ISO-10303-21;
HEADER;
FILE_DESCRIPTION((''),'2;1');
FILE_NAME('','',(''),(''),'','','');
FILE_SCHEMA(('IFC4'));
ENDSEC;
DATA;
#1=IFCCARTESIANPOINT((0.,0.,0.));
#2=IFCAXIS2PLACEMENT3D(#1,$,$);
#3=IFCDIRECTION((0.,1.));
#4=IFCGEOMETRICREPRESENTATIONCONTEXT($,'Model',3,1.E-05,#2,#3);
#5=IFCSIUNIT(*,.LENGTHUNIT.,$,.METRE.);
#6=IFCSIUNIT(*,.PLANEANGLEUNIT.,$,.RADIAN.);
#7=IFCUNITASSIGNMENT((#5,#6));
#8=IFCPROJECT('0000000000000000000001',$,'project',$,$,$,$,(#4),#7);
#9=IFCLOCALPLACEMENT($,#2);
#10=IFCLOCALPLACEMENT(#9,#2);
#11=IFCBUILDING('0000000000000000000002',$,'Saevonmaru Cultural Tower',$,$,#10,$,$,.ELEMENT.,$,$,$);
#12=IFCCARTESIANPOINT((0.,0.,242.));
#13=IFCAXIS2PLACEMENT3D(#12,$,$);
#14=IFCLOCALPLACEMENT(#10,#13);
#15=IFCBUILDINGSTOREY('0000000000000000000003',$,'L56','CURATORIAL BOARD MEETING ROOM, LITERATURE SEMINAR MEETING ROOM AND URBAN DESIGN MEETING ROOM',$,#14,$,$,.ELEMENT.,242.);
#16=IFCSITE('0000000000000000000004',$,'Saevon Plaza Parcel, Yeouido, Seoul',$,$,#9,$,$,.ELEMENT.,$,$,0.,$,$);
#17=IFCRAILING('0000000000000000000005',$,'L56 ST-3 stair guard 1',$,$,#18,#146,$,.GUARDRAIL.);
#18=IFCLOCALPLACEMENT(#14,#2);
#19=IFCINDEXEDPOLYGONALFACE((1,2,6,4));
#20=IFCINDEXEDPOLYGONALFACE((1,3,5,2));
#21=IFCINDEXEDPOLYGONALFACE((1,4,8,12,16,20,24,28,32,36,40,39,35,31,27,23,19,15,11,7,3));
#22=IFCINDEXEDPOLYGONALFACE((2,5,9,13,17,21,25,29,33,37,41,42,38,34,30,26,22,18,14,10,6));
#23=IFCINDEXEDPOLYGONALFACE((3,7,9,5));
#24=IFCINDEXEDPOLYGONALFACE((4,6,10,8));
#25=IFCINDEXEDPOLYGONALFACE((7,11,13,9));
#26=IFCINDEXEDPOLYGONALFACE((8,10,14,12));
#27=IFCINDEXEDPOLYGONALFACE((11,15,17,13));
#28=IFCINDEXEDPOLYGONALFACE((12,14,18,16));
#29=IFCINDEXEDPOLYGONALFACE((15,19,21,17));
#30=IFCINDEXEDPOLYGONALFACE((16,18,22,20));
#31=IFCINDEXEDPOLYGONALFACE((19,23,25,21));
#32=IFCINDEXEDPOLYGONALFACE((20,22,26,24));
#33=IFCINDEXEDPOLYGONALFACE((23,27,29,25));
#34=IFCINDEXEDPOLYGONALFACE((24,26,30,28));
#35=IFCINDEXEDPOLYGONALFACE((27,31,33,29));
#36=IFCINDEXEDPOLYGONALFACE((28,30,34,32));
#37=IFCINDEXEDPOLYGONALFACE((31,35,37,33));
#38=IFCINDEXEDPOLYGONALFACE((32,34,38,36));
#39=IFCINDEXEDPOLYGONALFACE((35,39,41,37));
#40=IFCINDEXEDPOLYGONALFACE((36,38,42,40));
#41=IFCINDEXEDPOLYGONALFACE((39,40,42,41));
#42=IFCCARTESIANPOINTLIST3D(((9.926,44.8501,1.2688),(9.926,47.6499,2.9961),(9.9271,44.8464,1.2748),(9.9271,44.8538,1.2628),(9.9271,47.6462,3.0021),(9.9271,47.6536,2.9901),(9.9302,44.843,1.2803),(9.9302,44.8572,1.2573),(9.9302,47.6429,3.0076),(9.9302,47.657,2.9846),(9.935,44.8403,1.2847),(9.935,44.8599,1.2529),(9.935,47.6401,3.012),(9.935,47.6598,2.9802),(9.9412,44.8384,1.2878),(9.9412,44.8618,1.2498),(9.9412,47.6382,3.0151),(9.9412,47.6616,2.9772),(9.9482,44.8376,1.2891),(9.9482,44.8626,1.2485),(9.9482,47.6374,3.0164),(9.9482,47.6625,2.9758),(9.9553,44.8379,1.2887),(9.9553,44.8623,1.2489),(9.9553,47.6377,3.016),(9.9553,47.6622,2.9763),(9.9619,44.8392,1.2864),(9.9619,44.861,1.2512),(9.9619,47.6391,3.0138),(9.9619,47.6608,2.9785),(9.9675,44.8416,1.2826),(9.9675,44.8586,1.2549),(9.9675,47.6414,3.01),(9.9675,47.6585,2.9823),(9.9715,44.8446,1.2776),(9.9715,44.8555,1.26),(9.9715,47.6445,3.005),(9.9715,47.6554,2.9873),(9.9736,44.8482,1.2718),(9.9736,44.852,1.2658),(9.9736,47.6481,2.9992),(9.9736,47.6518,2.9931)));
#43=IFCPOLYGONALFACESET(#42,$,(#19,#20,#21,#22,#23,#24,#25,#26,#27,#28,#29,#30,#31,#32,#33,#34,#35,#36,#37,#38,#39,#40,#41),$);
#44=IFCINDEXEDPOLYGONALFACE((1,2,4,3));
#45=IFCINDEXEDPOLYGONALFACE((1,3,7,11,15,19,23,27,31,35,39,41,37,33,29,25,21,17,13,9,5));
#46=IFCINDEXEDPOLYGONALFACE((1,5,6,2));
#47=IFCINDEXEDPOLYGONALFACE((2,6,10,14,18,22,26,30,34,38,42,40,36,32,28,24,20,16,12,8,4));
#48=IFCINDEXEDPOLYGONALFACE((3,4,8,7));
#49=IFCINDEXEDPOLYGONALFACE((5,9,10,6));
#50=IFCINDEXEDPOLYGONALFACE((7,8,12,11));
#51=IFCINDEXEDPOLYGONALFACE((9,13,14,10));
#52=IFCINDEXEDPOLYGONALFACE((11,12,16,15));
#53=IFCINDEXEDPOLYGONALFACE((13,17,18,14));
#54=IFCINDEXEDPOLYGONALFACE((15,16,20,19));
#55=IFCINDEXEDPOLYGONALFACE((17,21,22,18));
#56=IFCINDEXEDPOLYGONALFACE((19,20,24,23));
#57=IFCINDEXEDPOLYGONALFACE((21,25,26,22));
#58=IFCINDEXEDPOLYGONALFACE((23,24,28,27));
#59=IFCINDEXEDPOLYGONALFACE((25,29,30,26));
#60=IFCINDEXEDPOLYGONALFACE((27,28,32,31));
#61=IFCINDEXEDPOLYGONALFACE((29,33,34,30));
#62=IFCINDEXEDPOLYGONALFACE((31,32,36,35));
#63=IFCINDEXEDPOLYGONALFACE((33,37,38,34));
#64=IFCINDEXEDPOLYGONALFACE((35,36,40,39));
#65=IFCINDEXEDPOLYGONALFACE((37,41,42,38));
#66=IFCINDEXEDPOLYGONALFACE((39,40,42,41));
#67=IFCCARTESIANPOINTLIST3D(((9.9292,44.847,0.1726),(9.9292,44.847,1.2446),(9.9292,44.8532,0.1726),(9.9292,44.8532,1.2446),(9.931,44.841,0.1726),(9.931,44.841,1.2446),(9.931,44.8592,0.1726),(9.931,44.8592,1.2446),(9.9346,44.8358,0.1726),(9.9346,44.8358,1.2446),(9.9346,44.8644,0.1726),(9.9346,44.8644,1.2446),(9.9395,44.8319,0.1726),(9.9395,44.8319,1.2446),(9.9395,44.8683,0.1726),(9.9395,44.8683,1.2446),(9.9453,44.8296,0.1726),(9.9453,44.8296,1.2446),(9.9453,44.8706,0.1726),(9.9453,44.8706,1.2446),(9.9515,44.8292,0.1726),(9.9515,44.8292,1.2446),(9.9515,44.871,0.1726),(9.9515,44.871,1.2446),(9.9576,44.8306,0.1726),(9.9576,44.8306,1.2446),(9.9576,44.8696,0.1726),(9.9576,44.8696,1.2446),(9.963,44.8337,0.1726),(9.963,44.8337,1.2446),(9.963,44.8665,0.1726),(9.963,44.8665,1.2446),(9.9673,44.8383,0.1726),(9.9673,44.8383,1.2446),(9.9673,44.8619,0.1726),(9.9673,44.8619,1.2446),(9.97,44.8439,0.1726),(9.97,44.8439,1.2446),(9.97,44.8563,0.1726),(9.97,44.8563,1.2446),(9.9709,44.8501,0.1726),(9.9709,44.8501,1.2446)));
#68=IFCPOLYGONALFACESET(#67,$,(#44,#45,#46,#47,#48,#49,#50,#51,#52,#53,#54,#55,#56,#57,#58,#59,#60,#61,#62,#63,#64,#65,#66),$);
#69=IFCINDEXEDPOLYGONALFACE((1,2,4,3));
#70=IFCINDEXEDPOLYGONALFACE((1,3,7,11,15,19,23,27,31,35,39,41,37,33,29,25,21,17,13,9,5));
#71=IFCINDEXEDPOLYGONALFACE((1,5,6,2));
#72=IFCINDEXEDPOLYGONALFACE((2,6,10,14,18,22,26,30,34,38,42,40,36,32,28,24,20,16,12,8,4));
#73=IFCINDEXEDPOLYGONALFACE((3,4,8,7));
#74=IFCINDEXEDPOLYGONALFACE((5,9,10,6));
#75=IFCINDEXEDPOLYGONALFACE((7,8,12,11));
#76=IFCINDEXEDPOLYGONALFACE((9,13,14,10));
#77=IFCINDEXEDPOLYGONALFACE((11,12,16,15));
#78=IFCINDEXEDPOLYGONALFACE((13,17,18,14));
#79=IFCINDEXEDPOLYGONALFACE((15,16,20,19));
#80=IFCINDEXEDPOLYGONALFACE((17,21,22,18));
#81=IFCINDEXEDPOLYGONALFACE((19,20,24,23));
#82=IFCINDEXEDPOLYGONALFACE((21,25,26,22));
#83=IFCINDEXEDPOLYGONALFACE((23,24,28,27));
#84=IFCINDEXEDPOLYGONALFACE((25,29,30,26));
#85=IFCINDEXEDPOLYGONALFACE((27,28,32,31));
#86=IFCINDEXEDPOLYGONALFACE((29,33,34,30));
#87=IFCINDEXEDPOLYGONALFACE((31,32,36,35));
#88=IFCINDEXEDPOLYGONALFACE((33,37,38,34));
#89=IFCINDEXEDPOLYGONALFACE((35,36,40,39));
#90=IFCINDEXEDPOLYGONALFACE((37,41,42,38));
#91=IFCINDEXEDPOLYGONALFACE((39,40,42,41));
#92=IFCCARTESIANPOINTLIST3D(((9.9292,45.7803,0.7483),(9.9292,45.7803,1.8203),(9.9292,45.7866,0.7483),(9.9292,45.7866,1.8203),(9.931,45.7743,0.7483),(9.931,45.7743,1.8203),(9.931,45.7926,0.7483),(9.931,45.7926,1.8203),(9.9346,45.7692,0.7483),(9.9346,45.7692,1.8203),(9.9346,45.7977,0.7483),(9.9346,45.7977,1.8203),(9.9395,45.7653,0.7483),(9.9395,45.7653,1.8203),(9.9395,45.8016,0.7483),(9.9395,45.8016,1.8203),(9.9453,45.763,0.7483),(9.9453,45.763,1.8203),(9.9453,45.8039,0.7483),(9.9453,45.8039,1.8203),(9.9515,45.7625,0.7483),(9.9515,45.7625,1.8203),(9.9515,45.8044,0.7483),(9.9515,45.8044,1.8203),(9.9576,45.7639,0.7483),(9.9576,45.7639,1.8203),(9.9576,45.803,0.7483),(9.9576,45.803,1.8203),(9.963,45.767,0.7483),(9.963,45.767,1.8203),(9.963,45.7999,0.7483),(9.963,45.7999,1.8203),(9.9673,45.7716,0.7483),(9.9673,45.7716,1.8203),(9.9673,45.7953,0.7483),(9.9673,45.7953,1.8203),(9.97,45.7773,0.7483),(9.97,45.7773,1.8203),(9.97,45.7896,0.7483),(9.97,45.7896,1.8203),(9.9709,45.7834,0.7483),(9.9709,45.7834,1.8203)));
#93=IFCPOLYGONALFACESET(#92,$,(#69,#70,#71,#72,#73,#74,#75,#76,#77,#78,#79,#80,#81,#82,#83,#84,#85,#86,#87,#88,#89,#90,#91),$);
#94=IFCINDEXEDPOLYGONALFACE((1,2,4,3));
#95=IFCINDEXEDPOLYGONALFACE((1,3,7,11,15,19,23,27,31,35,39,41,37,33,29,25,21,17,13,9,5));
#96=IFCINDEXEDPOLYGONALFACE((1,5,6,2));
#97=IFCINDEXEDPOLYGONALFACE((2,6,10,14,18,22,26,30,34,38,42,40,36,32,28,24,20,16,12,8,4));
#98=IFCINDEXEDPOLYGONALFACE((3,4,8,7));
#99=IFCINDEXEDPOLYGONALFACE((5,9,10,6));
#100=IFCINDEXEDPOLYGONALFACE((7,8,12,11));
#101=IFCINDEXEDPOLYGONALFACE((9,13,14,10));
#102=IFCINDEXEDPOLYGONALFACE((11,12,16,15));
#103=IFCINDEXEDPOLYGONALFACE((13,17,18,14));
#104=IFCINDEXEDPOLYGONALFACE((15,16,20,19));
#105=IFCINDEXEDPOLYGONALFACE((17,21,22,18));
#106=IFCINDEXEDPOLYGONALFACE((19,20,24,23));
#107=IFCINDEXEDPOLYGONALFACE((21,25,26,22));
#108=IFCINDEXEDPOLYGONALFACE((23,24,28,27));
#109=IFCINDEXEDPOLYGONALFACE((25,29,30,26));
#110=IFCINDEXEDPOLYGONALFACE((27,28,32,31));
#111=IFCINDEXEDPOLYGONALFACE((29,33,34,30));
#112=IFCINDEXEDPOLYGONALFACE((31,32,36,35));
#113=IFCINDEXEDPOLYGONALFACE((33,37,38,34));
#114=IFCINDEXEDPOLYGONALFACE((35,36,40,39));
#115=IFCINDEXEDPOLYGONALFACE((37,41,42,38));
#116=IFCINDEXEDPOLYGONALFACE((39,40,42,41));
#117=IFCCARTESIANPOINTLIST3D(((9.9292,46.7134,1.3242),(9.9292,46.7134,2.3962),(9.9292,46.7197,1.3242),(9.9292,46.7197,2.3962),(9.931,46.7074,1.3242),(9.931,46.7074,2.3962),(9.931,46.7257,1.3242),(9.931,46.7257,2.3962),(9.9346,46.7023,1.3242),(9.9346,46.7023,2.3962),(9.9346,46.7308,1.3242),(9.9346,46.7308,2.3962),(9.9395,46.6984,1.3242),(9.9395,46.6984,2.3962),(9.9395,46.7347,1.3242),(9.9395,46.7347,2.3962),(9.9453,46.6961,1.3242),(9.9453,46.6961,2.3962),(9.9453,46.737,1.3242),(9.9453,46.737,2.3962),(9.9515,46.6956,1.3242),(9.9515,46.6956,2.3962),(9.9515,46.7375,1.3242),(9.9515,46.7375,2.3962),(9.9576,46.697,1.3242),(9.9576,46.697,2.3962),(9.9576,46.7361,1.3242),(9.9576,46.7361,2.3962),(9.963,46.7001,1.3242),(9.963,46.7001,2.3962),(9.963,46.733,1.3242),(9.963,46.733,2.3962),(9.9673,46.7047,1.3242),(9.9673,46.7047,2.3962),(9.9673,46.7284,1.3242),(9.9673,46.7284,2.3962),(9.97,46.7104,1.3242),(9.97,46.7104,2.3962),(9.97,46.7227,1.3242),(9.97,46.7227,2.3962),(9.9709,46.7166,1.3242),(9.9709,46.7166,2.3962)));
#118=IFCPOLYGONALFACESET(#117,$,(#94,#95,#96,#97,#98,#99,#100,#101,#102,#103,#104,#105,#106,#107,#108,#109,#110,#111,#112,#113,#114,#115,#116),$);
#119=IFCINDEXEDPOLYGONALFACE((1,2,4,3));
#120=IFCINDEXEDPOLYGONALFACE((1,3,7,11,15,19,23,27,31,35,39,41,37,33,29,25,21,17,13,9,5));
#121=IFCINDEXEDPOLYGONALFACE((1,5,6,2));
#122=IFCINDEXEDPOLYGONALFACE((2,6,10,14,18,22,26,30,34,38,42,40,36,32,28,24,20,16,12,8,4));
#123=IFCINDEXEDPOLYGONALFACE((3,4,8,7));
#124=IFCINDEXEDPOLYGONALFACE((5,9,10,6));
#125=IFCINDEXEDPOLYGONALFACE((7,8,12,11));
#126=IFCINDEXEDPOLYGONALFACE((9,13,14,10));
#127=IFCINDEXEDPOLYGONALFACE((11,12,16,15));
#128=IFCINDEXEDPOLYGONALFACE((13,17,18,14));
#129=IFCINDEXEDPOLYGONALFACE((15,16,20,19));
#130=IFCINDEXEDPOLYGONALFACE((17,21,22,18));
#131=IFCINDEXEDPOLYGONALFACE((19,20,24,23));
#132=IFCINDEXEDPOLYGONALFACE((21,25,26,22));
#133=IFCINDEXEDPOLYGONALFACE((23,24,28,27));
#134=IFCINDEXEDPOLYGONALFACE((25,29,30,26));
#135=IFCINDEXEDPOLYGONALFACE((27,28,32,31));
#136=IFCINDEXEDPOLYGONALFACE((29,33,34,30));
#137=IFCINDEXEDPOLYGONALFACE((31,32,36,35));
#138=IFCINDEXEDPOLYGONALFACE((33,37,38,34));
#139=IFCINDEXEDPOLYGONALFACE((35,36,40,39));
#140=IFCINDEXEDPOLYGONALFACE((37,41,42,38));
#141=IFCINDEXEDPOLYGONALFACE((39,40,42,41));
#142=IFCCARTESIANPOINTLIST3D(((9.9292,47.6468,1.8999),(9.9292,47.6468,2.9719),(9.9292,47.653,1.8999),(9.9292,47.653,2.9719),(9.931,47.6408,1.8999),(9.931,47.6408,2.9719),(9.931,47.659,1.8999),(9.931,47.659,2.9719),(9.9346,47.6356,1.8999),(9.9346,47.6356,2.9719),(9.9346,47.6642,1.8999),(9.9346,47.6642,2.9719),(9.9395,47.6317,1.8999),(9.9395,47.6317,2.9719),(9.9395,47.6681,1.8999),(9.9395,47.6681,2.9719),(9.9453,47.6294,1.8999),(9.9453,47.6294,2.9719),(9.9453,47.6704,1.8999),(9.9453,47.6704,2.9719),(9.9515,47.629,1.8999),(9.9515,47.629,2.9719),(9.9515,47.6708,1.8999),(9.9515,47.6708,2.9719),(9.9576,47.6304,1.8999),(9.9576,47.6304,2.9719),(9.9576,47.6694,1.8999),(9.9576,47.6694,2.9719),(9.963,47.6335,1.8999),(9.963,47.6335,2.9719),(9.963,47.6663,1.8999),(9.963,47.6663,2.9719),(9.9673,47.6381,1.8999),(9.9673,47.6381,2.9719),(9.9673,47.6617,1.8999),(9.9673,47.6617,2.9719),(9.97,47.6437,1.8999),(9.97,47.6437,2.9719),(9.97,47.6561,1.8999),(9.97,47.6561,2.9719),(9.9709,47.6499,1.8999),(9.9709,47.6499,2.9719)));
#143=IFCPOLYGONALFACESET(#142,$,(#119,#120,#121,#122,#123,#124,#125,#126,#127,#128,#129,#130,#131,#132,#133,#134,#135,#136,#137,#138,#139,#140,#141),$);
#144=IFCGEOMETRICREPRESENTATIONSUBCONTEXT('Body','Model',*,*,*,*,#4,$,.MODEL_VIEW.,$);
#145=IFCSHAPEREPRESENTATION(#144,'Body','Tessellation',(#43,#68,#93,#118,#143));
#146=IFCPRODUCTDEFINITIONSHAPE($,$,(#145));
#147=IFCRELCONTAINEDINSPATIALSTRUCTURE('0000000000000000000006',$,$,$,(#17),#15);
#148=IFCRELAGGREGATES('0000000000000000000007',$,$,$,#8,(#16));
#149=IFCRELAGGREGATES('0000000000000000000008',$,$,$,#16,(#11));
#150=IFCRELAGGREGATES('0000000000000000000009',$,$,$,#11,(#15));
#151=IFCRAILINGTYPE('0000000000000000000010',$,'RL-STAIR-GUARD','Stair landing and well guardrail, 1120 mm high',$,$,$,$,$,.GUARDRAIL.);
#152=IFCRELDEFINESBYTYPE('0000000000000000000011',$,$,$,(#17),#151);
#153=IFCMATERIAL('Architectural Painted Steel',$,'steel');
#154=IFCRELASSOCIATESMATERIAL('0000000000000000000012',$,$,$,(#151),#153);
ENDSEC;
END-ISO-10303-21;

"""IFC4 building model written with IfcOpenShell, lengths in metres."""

from ifc_helpers import new_model, si_unit, direction, frame, origin, origin_2d, place, context, subcontext, project, spatial, circle, extrude, material, type_object, element, save


model = new_model("IFC4")

# Units and contexts
model_context = context("Model", 3, precision=1e-05, world=origin(), true_north=direction((0.0, 1.0)))
body_context = subcontext(model_context, "Body", "Model", "MODEL_VIEW")
ifc_project = project(units=[si_unit("LENGTHUNIT", "METRE"), si_unit("PLANEANGLEUNIT", "RADIAN")], contexts=[model_context])

# Site, building, storey
site_placement = place(None, origin())
site = spatial("IfcSite", under=ifc_project, at=site_placement, Name="Saevon Plaza Parcel, Yeouido, Seoul", CompositionType="ELEMENT", RefElevation=0.0)
building_placement = place(site_placement, origin())
building = spatial("IfcBuilding", under=site, at=building_placement, Name="Saevonmaru Cultural Tower", CompositionType="ELEMENT")
storey_placement = place(building_placement, frame((0.0, 0.0, 242.0)))
storey = spatial("IfcBuildingStorey", under=building, at=storey_placement, Name="L56", Description="CURATORIAL BOARD MEETING ROOM, LITERATURE SEMINAR MEETING ROOM AND URBAN DESIGN MEETING ROOM", CompositionType="ELEMENT", Elevation=242.0)

# Railing
ifc_material_1 = material(Name="Architectural Painted Steel", Category="steel")
railing_type_1 = type_object("IfcRailingType", Name="RL-STAIR-GUARD", Description="Stair landing and well guardrail, 1120 mm high", PredefinedType="GUARDRAIL", material=ifc_material_1)
railing_1_placement = place(storey_placement, frame((9.95, 44.8501, 0.1726)))
element("IfcRailing", 1, at=railing_1_placement, inside=storey, type_object=railing_type_1, Name="L56 ST-3 stair guard 1", PredefinedType="GUARDRAIL", context=body_context, shape_type="SweptSolid", body=[
    extrude(circle(Radius=0.0239, at=origin_2d()), frame((0.0, 0.0, 1.0962), z_axis=(0.0, 0.851069, 0.525054), x_axis=(-1.0, 0.0, 0.0)), (0.0, 0.0, 1.0), 3.2898),
    extrude(circle(Radius=0.021, at=origin_2d()), origin(), (0.0, 0.0, 1.0), 1.072),
    extrude(circle(Radius=0.021, at=origin_2d()), frame((0.0, 0.9333, 0.5757)), (0.0, 0.0, 1.0), 1.072),
    extrude(circle(Radius=0.021, at=origin_2d()), frame((0.0, 1.8665, 1.1516)), (0.0, 0.0, 1.0), 1.072),
    extrude(circle(Radius=0.021, at=origin_2d()), frame((0.0, 2.7998, 1.7273)), (0.0, 0.0, 1.0), 1.072),
])

save(model, "model.ifc")
